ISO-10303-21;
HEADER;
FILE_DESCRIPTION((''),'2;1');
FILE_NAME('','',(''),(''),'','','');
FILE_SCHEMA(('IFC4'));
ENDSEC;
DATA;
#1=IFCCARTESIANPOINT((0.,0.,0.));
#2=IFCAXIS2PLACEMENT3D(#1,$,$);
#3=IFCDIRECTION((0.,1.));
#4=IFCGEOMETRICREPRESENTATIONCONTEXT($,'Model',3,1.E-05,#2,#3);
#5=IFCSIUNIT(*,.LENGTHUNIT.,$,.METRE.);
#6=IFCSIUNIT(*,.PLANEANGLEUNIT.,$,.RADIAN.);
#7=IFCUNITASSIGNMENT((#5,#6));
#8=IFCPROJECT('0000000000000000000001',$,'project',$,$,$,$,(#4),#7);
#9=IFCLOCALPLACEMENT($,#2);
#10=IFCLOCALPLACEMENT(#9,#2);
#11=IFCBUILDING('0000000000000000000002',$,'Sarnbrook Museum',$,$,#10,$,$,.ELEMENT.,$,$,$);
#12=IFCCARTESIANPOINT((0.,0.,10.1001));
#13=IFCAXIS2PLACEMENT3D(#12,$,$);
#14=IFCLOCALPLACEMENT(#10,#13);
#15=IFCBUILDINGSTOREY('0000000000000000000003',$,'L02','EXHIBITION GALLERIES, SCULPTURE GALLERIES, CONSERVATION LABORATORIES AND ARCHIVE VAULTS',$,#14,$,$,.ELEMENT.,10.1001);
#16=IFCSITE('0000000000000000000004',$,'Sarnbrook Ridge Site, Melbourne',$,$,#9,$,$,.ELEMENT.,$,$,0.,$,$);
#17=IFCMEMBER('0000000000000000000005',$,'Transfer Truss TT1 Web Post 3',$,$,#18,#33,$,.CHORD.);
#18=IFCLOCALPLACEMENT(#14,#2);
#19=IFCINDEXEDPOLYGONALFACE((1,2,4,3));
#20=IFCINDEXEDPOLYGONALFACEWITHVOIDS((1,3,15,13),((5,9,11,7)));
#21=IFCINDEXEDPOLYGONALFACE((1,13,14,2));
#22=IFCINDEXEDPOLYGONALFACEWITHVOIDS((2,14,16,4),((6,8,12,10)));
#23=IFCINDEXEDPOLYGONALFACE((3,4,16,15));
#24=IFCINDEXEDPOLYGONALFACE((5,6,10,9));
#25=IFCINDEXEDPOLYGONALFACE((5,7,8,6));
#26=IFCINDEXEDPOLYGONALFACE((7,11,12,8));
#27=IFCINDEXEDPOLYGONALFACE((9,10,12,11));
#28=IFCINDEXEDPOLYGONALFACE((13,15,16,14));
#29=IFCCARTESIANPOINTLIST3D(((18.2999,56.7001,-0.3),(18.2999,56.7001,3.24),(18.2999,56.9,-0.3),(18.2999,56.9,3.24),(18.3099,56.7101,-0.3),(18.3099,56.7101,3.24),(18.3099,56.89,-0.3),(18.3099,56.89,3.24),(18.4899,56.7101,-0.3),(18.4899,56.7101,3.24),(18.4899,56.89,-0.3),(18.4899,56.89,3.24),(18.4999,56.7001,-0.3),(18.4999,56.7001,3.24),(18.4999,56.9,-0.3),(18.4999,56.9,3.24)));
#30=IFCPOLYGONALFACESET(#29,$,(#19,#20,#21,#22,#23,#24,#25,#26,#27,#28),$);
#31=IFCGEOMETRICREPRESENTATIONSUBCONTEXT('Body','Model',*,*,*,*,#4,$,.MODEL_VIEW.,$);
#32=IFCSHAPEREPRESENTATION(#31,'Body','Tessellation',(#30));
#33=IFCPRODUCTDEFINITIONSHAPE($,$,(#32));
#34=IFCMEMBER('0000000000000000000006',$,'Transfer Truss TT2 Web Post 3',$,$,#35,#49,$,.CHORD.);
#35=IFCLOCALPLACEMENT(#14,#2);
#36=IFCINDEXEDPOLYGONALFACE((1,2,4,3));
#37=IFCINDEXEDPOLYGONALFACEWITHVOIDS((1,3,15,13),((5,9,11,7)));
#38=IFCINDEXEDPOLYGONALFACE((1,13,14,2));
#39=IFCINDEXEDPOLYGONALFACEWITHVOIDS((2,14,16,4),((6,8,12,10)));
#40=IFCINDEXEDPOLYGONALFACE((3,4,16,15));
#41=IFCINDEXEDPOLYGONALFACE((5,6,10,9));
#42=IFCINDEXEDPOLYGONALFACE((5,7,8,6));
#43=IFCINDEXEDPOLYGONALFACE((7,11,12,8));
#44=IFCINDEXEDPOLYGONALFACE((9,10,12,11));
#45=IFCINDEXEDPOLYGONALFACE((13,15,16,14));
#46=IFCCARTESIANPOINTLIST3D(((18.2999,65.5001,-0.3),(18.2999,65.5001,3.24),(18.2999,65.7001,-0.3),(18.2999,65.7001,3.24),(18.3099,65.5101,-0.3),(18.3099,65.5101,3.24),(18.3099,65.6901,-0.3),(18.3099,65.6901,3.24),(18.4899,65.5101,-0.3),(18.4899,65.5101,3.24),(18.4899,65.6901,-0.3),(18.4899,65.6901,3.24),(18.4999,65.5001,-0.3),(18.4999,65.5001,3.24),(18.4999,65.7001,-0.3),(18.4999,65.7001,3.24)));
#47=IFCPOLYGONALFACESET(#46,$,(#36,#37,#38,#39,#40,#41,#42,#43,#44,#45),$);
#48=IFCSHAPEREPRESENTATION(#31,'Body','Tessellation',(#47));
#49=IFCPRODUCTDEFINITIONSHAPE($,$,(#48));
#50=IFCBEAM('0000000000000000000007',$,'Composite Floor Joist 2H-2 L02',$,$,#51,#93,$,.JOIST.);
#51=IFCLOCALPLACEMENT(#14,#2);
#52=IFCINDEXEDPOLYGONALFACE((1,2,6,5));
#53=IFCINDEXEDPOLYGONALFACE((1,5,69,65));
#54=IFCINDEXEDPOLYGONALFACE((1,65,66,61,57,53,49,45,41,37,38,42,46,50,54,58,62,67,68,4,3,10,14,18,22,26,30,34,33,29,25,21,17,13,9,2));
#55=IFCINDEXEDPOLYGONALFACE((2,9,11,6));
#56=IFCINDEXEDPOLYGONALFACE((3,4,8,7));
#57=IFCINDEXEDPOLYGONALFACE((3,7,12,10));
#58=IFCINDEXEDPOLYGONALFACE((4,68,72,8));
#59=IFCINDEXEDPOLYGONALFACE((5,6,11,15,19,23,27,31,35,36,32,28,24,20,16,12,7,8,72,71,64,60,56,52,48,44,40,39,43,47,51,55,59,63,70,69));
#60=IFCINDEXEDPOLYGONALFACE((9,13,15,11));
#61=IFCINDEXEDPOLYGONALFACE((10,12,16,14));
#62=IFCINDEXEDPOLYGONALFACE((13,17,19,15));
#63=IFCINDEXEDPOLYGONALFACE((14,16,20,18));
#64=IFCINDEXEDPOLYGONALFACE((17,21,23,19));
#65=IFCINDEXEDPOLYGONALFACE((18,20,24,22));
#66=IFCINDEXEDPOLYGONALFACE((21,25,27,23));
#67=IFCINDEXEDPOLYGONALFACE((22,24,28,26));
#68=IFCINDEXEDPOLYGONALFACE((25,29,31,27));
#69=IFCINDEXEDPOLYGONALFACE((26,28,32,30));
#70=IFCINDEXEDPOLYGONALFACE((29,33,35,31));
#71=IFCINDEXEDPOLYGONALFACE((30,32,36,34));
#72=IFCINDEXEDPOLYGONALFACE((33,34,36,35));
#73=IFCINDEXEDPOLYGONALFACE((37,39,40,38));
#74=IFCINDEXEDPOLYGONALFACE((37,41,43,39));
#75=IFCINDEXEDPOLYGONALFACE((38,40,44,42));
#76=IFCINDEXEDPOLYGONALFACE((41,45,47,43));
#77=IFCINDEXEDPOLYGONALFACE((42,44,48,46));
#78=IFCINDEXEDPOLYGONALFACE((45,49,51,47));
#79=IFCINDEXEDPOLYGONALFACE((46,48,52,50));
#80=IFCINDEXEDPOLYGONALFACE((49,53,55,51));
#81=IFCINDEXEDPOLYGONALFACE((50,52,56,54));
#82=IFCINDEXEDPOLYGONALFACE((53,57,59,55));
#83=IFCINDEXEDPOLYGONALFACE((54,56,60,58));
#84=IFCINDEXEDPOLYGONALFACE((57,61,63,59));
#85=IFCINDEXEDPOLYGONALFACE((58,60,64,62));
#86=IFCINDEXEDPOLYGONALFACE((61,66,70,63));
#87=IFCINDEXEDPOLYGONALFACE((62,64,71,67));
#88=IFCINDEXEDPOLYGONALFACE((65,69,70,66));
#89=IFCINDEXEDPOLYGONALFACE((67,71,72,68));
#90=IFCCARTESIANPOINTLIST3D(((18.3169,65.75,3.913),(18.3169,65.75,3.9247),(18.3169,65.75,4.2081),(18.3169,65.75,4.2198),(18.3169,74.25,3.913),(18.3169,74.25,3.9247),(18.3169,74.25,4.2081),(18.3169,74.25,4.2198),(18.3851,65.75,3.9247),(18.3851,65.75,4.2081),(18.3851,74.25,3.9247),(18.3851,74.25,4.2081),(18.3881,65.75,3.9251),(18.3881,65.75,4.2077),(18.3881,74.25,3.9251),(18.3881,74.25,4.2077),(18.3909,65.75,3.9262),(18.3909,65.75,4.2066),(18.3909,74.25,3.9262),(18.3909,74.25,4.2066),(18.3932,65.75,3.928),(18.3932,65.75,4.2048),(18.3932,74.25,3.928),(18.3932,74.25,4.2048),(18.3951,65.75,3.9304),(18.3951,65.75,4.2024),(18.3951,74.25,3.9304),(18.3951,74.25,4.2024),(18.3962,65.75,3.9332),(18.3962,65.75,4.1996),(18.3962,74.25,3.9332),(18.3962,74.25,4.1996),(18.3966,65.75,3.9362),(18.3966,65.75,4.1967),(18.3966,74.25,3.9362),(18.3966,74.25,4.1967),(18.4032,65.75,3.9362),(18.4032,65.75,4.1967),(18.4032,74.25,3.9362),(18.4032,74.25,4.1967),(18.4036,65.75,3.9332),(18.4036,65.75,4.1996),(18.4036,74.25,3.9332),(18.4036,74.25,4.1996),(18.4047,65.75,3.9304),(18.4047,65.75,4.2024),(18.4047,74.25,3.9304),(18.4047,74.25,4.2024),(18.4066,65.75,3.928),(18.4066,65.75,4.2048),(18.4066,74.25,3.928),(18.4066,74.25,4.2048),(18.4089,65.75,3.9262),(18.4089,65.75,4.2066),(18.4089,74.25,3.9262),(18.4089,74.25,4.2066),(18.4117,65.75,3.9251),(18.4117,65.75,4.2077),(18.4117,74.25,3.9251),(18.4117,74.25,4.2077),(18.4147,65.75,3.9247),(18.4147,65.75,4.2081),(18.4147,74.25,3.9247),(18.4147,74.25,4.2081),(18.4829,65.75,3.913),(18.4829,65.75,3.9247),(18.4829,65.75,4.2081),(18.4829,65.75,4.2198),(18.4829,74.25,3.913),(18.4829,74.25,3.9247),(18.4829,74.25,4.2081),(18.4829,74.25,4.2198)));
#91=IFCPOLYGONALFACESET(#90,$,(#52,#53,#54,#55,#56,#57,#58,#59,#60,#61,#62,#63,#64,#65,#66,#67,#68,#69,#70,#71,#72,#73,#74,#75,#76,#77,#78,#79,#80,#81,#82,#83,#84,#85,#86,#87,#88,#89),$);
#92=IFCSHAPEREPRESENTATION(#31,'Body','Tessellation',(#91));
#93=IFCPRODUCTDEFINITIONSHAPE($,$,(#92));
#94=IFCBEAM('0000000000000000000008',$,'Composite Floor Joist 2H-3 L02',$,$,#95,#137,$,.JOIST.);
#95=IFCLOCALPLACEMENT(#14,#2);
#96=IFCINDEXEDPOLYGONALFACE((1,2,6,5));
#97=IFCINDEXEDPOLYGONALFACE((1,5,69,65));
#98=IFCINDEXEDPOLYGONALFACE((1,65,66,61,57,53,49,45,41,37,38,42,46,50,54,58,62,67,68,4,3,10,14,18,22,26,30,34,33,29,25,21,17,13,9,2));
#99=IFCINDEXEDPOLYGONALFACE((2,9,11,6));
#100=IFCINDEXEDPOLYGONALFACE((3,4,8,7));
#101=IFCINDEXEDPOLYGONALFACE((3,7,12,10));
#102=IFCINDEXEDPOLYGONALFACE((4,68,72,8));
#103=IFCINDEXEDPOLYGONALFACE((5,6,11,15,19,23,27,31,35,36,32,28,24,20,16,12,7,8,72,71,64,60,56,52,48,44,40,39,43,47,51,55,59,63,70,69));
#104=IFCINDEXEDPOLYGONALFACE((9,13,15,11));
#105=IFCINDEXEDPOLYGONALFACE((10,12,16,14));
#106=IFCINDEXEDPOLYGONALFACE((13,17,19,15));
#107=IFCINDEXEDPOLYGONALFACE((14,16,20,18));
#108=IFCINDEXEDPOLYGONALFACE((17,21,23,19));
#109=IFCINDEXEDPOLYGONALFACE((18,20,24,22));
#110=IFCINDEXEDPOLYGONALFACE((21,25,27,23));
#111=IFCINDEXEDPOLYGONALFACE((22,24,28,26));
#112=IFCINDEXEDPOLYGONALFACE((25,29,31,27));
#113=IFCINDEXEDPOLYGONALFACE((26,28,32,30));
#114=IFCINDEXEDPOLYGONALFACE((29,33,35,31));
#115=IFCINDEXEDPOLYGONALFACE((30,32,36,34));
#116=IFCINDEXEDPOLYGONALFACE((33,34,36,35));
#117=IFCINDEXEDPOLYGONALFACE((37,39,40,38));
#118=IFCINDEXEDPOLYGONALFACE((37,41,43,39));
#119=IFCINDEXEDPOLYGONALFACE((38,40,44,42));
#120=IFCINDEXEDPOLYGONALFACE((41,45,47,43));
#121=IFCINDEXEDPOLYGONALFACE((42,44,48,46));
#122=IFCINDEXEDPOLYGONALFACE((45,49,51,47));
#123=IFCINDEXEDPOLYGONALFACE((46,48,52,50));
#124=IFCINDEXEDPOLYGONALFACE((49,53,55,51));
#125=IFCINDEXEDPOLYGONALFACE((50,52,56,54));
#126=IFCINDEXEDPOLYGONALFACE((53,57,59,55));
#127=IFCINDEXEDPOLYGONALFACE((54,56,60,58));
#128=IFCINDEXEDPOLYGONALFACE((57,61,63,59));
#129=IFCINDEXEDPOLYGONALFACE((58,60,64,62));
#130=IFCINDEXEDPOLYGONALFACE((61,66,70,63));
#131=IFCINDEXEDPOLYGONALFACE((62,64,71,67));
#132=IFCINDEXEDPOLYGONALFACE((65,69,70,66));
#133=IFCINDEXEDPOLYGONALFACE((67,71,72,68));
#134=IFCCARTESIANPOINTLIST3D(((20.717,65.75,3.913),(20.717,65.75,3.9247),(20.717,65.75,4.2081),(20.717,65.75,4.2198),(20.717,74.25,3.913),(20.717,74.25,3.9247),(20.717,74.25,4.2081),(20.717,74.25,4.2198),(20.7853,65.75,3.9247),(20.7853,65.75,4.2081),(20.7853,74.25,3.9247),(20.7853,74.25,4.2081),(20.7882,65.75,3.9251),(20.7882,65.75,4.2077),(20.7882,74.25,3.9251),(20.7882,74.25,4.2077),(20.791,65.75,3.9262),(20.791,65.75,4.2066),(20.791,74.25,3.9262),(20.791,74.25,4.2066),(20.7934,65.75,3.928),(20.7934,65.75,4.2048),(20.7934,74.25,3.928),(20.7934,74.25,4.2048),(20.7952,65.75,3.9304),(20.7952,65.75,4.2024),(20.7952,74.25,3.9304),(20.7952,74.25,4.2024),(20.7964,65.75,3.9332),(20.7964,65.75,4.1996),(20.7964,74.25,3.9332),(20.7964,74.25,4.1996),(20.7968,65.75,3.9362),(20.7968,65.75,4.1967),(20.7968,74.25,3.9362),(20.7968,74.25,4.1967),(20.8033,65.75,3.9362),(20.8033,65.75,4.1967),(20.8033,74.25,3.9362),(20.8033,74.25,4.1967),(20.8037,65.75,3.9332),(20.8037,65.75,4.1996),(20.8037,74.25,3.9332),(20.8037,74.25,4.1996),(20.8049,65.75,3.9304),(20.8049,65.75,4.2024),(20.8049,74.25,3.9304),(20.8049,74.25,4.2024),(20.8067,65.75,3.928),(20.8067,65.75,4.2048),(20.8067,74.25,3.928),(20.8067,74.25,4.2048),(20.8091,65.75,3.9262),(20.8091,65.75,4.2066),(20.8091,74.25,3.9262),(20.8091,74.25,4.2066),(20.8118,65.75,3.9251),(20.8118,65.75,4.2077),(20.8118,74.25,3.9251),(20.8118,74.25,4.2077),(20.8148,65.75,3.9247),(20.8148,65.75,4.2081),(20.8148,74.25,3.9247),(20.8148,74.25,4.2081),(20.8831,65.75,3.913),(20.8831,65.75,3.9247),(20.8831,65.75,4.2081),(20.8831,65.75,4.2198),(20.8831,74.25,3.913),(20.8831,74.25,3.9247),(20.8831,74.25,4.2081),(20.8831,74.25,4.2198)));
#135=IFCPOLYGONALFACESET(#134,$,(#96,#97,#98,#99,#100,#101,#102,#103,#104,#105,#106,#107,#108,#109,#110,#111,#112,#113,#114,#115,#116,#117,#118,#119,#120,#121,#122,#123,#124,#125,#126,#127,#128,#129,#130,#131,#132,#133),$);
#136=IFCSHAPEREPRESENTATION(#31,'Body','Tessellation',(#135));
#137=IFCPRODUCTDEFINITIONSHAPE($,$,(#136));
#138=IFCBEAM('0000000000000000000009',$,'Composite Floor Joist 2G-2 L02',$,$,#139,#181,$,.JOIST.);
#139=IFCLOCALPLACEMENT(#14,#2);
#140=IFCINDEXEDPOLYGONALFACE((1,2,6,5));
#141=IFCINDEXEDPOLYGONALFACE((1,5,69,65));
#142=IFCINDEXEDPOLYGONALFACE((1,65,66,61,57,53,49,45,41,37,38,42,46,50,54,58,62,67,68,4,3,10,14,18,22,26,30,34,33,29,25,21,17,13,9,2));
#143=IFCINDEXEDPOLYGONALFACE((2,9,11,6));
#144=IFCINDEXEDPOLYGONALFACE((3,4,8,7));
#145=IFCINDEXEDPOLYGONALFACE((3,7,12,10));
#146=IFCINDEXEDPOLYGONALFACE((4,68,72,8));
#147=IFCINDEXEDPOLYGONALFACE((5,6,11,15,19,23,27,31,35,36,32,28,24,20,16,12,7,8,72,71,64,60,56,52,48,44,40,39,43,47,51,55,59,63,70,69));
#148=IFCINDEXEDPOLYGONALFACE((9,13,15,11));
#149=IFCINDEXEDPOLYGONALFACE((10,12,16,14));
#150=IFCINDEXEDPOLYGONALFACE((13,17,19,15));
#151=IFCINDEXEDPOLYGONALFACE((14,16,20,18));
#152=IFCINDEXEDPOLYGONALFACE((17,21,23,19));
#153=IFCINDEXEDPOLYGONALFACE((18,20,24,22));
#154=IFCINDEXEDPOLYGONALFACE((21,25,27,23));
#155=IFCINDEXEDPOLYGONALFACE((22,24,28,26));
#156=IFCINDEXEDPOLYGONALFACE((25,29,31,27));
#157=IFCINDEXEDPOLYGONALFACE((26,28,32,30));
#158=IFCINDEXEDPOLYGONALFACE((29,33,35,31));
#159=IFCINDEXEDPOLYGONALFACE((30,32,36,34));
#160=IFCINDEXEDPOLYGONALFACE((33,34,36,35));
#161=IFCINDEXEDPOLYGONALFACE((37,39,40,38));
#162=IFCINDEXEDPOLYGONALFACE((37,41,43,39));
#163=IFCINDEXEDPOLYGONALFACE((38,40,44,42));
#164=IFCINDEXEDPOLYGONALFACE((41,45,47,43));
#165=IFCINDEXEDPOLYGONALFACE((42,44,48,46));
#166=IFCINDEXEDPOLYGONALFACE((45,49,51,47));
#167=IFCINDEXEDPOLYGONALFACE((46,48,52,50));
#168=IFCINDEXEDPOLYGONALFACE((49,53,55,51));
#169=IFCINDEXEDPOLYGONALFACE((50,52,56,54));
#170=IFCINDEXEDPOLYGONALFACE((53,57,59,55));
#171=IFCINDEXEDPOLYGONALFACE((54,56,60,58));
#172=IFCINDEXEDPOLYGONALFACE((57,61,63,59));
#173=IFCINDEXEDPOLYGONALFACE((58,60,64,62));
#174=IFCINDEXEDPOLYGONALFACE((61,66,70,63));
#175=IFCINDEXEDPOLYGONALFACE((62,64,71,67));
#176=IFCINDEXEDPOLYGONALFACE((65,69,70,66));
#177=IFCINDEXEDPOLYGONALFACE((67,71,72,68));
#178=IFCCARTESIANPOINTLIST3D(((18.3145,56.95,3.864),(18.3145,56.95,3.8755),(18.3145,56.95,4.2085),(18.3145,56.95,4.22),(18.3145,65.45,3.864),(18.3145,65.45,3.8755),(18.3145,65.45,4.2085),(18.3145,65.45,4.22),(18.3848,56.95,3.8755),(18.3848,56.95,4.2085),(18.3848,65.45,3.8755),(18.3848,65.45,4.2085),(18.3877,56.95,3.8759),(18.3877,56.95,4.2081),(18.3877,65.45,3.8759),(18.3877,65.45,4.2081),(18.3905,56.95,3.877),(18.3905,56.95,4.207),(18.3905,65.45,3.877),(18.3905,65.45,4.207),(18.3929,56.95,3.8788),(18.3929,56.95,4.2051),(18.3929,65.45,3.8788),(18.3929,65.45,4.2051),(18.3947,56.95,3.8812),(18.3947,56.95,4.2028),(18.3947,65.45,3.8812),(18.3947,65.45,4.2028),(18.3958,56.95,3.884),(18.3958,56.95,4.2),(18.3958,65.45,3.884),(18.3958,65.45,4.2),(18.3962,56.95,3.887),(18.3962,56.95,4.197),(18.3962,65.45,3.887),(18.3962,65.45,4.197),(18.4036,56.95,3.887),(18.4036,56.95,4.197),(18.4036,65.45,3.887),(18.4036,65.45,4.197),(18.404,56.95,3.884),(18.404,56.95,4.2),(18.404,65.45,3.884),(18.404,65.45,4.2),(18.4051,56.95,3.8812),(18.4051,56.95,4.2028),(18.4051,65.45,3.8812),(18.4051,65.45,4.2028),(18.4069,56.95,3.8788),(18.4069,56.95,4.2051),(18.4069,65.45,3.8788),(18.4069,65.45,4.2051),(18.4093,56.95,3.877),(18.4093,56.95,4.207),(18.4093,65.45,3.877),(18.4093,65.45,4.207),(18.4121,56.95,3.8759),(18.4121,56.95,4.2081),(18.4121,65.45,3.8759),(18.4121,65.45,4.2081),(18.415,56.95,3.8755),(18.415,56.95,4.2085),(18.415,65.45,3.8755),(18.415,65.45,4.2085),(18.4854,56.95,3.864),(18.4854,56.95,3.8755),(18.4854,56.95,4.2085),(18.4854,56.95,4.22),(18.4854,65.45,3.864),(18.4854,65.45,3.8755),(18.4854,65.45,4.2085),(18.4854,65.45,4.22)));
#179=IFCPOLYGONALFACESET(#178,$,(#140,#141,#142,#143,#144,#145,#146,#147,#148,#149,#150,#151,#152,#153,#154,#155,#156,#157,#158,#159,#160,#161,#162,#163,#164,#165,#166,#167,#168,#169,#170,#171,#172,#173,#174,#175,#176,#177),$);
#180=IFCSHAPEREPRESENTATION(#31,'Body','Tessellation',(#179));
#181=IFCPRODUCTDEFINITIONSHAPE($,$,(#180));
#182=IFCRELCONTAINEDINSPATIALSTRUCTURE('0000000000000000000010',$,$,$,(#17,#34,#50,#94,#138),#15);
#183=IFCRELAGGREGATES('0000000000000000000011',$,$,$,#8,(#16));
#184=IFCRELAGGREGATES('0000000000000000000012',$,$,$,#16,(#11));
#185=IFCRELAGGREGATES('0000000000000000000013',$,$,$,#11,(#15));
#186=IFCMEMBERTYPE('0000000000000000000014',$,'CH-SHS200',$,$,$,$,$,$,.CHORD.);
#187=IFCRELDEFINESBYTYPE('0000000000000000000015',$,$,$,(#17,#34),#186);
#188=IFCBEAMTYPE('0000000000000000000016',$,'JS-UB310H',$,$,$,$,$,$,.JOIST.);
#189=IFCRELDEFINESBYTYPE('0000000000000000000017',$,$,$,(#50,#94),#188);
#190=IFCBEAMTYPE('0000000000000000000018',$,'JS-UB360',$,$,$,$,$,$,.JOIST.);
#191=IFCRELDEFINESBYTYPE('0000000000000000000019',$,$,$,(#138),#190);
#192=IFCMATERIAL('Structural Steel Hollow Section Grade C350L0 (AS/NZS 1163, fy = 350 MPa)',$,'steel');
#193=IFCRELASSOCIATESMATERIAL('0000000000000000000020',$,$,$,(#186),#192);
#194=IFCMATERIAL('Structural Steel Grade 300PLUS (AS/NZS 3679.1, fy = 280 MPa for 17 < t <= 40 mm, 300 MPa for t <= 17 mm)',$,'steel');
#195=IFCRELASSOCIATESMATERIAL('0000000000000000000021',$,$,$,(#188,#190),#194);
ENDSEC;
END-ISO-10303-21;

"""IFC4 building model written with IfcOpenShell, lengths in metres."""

from ifc_helpers import new_model, si_unit, direction, frame, origin, origin_2d, place, context, subcontext, project, spatial, hollow_rectangle, i_section, extrude, material, material_profile, profile_set, type_object, element, save


model = new_model("IFC4")

# Units and contexts
model_context = context("Model", 3, precision=1e-05, world=origin(), true_north=direction((0.0, 1.0)))
body_context = subcontext(model_context, "Body", "Model", "MODEL_VIEW")
ifc_project = project(units=[si_unit("LENGTHUNIT", "METRE"), si_unit("PLANEANGLEUNIT", "RADIAN")], contexts=[model_context])

# Site, building, storey
site_placement = place(None, origin())
site = spatial("IfcSite", under=ifc_project, at=site_placement, Name="Sarnbrook Ridge Site, Melbourne", CompositionType="ELEMENT", RefElevation=0.0)
building_placement = place(site_placement, origin())
building = spatial("IfcBuilding", under=site, at=building_placement, Name="Sarnbrook Museum", CompositionType="ELEMENT")
storey_placement = place(building_placement, frame((0.0, 0.0, 10.1001)))
storey = spatial("IfcBuildingStorey", under=building, at=storey_placement, Name="L02", Description="EXHIBITION GALLERIES, SCULPTURE GALLERIES, CONSERVATION LABORATORIES AND ARCHIVE VAULTS", CompositionType="ELEMENT", Elevation=10.1001)

# Shared definitions
ifc_material_1 = material(Name="Structural Steel Grade 300PLUS (AS/NZS 3679.1, fy = 280 MPa for 17 < t <= 40 mm, 300 MPa for t <= 17 mm)", Category="steel")

# Members
ifc_material_2 = material(Name="Structural Steel Hollow Section Grade C350L0 (AS/NZS 1163, fy = 350 MPa)", Category="steel")
ifc_material_profile_1 = material_profile(ifc_material_2, hollow_rectangle(XDim=0.2, YDim=0.2, WallThickness=0.01, at=origin_2d()), Name="200x200x10.0SHS")
ifc_profile_set_1 = profile_set([ifc_material_profile_1], Name="Structural Steel Hollow Section Grade C350L0 (AS/NZS 1163, fy = 350 MPa)")
member_type_1 = type_object("IfcMemberType", Name="CH-SHS200", PredefinedType="CHORD", material=ifc_profile_set_1)
for number, where, z_axis, x_axis, name in (
    (1, (18.3999, 56.8, -0.3), (0.0, 0.0, 1.0), (1.0, 0.0, 0.0), "Transfer Truss TT1 Web Post 3"),
    (2, (18.3999, 65.6001, -0.3), (0.0, 0.0, 1.0), (1.0, 0.0, 0.0), "Transfer Truss TT2 Web Post 3"),
):
    element("IfcMember", number, at=place(storey_placement, frame(where, z_axis=z_axis, x_axis=x_axis)), inside=storey, type_object=member_type_1, Name=name, PredefinedType="CHORD", context=body_context, shape_type="SweptSolid", body=[
        extrude(hollow_rectangle(XDim=0.2, YDim=0.2, WallThickness=0.01, at=origin_2d()), origin(), (0.0, 0.0, 1.0), 3.54),
    ])

# Beams
ifc_material_profile_2 = material_profile(ifc_material_1, i_section(OverallWidth=0.166, OverallDepth=0.3069, WebThickness=0.0066, FlangeThickness=0.0117, FilletRadius=0.0115, at=origin_2d()), Name="310UB46.2")
ifc_profile_set_2 = profile_set([ifc_material_profile_2], Name="Structural Steel Grade 300PLUS (AS/NZS 3679.1, fy = 280 MPa for 17 < t <= 40 mm, 300 MPa for t <= 17 mm)")
beam_type_1 = type_object("IfcBeamType", Name="JS-UB310H", PredefinedType="JOIST", material=ifc_profile_set_2)
for number, where, z_axis, x_axis, name in (
    (3, (18.3999, 65.75, 4.0664), (0.0, 1.0, 0.0), (-1.0, 0.0, 0.0), "Composite Floor Joist 2H-2 L02"),
    (4, (20.8, 65.75, 4.0664), (0.0, 1.0, 0.0), (-1.0, 0.0, 0.0), "Composite Floor Joist 2H-3 L02"),
):
    element("IfcBeam", number, at=place(storey_placement, frame(where, z_axis=z_axis, x_axis=x_axis)), inside=storey, type_object=beam_type_1, Name=name, PredefinedType="JOIST", context=body_context, shape_type="SweptSolid", body=[
        extrude(i_section(OverallWidth=0.166, OverallDepth=0.3069, WebThickness=0.0066, FlangeThickness=0.0117, FilletRadius=0.0115, at=origin_2d()), origin(), (0.0, 0.0, 1.0), 8.5),
    ])
ifc_material_profile_3 = material_profile(ifc_material_1, i_section(OverallWidth=0.1709, OverallDepth=0.356, WebThickness=0.0073, FlangeThickness=0.0115, FilletRadius=0.0115, at=origin_2d()), Name="360UB50.7")
ifc_profile_set_3 = profile_set([ifc_material_profile_3], Name="Structural Steel Grade 300PLUS (AS/NZS 3679.1, fy = 280 MPa for 17 < t <= 40 mm, 300 MPa for t <= 17 mm)")
beam_type_2 = type_object("IfcBeamType", Name="JS-UB360", PredefinedType="JOIST", material=ifc_profile_set_3)
for number, where, z_axis, x_axis, name in (
    (5, (18.3999, 56.95, 4.042), (0.0, 1.0, 0.0), (-1.0, 0.0, 0.0), "Composite Floor Joist 2G-2 L02"),
):
    element("IfcBeam", number, at=place(storey_placement, frame(where, z_axis=z_axis, x_axis=x_axis)), inside=storey, type_object=beam_type_2, Name=name, PredefinedType="JOIST", context=body_context, shape_type="SweptSolid", body=[
        extrude(i_section(OverallWidth=0.1709, OverallDepth=0.356, WebThickness=0.0073, FlangeThickness=0.0115, FilletRadius=0.0115, at=origin_2d()), origin(), (0.0, 0.0, 1.0), 8.5),
    ])

save(model, "model.ifc")
